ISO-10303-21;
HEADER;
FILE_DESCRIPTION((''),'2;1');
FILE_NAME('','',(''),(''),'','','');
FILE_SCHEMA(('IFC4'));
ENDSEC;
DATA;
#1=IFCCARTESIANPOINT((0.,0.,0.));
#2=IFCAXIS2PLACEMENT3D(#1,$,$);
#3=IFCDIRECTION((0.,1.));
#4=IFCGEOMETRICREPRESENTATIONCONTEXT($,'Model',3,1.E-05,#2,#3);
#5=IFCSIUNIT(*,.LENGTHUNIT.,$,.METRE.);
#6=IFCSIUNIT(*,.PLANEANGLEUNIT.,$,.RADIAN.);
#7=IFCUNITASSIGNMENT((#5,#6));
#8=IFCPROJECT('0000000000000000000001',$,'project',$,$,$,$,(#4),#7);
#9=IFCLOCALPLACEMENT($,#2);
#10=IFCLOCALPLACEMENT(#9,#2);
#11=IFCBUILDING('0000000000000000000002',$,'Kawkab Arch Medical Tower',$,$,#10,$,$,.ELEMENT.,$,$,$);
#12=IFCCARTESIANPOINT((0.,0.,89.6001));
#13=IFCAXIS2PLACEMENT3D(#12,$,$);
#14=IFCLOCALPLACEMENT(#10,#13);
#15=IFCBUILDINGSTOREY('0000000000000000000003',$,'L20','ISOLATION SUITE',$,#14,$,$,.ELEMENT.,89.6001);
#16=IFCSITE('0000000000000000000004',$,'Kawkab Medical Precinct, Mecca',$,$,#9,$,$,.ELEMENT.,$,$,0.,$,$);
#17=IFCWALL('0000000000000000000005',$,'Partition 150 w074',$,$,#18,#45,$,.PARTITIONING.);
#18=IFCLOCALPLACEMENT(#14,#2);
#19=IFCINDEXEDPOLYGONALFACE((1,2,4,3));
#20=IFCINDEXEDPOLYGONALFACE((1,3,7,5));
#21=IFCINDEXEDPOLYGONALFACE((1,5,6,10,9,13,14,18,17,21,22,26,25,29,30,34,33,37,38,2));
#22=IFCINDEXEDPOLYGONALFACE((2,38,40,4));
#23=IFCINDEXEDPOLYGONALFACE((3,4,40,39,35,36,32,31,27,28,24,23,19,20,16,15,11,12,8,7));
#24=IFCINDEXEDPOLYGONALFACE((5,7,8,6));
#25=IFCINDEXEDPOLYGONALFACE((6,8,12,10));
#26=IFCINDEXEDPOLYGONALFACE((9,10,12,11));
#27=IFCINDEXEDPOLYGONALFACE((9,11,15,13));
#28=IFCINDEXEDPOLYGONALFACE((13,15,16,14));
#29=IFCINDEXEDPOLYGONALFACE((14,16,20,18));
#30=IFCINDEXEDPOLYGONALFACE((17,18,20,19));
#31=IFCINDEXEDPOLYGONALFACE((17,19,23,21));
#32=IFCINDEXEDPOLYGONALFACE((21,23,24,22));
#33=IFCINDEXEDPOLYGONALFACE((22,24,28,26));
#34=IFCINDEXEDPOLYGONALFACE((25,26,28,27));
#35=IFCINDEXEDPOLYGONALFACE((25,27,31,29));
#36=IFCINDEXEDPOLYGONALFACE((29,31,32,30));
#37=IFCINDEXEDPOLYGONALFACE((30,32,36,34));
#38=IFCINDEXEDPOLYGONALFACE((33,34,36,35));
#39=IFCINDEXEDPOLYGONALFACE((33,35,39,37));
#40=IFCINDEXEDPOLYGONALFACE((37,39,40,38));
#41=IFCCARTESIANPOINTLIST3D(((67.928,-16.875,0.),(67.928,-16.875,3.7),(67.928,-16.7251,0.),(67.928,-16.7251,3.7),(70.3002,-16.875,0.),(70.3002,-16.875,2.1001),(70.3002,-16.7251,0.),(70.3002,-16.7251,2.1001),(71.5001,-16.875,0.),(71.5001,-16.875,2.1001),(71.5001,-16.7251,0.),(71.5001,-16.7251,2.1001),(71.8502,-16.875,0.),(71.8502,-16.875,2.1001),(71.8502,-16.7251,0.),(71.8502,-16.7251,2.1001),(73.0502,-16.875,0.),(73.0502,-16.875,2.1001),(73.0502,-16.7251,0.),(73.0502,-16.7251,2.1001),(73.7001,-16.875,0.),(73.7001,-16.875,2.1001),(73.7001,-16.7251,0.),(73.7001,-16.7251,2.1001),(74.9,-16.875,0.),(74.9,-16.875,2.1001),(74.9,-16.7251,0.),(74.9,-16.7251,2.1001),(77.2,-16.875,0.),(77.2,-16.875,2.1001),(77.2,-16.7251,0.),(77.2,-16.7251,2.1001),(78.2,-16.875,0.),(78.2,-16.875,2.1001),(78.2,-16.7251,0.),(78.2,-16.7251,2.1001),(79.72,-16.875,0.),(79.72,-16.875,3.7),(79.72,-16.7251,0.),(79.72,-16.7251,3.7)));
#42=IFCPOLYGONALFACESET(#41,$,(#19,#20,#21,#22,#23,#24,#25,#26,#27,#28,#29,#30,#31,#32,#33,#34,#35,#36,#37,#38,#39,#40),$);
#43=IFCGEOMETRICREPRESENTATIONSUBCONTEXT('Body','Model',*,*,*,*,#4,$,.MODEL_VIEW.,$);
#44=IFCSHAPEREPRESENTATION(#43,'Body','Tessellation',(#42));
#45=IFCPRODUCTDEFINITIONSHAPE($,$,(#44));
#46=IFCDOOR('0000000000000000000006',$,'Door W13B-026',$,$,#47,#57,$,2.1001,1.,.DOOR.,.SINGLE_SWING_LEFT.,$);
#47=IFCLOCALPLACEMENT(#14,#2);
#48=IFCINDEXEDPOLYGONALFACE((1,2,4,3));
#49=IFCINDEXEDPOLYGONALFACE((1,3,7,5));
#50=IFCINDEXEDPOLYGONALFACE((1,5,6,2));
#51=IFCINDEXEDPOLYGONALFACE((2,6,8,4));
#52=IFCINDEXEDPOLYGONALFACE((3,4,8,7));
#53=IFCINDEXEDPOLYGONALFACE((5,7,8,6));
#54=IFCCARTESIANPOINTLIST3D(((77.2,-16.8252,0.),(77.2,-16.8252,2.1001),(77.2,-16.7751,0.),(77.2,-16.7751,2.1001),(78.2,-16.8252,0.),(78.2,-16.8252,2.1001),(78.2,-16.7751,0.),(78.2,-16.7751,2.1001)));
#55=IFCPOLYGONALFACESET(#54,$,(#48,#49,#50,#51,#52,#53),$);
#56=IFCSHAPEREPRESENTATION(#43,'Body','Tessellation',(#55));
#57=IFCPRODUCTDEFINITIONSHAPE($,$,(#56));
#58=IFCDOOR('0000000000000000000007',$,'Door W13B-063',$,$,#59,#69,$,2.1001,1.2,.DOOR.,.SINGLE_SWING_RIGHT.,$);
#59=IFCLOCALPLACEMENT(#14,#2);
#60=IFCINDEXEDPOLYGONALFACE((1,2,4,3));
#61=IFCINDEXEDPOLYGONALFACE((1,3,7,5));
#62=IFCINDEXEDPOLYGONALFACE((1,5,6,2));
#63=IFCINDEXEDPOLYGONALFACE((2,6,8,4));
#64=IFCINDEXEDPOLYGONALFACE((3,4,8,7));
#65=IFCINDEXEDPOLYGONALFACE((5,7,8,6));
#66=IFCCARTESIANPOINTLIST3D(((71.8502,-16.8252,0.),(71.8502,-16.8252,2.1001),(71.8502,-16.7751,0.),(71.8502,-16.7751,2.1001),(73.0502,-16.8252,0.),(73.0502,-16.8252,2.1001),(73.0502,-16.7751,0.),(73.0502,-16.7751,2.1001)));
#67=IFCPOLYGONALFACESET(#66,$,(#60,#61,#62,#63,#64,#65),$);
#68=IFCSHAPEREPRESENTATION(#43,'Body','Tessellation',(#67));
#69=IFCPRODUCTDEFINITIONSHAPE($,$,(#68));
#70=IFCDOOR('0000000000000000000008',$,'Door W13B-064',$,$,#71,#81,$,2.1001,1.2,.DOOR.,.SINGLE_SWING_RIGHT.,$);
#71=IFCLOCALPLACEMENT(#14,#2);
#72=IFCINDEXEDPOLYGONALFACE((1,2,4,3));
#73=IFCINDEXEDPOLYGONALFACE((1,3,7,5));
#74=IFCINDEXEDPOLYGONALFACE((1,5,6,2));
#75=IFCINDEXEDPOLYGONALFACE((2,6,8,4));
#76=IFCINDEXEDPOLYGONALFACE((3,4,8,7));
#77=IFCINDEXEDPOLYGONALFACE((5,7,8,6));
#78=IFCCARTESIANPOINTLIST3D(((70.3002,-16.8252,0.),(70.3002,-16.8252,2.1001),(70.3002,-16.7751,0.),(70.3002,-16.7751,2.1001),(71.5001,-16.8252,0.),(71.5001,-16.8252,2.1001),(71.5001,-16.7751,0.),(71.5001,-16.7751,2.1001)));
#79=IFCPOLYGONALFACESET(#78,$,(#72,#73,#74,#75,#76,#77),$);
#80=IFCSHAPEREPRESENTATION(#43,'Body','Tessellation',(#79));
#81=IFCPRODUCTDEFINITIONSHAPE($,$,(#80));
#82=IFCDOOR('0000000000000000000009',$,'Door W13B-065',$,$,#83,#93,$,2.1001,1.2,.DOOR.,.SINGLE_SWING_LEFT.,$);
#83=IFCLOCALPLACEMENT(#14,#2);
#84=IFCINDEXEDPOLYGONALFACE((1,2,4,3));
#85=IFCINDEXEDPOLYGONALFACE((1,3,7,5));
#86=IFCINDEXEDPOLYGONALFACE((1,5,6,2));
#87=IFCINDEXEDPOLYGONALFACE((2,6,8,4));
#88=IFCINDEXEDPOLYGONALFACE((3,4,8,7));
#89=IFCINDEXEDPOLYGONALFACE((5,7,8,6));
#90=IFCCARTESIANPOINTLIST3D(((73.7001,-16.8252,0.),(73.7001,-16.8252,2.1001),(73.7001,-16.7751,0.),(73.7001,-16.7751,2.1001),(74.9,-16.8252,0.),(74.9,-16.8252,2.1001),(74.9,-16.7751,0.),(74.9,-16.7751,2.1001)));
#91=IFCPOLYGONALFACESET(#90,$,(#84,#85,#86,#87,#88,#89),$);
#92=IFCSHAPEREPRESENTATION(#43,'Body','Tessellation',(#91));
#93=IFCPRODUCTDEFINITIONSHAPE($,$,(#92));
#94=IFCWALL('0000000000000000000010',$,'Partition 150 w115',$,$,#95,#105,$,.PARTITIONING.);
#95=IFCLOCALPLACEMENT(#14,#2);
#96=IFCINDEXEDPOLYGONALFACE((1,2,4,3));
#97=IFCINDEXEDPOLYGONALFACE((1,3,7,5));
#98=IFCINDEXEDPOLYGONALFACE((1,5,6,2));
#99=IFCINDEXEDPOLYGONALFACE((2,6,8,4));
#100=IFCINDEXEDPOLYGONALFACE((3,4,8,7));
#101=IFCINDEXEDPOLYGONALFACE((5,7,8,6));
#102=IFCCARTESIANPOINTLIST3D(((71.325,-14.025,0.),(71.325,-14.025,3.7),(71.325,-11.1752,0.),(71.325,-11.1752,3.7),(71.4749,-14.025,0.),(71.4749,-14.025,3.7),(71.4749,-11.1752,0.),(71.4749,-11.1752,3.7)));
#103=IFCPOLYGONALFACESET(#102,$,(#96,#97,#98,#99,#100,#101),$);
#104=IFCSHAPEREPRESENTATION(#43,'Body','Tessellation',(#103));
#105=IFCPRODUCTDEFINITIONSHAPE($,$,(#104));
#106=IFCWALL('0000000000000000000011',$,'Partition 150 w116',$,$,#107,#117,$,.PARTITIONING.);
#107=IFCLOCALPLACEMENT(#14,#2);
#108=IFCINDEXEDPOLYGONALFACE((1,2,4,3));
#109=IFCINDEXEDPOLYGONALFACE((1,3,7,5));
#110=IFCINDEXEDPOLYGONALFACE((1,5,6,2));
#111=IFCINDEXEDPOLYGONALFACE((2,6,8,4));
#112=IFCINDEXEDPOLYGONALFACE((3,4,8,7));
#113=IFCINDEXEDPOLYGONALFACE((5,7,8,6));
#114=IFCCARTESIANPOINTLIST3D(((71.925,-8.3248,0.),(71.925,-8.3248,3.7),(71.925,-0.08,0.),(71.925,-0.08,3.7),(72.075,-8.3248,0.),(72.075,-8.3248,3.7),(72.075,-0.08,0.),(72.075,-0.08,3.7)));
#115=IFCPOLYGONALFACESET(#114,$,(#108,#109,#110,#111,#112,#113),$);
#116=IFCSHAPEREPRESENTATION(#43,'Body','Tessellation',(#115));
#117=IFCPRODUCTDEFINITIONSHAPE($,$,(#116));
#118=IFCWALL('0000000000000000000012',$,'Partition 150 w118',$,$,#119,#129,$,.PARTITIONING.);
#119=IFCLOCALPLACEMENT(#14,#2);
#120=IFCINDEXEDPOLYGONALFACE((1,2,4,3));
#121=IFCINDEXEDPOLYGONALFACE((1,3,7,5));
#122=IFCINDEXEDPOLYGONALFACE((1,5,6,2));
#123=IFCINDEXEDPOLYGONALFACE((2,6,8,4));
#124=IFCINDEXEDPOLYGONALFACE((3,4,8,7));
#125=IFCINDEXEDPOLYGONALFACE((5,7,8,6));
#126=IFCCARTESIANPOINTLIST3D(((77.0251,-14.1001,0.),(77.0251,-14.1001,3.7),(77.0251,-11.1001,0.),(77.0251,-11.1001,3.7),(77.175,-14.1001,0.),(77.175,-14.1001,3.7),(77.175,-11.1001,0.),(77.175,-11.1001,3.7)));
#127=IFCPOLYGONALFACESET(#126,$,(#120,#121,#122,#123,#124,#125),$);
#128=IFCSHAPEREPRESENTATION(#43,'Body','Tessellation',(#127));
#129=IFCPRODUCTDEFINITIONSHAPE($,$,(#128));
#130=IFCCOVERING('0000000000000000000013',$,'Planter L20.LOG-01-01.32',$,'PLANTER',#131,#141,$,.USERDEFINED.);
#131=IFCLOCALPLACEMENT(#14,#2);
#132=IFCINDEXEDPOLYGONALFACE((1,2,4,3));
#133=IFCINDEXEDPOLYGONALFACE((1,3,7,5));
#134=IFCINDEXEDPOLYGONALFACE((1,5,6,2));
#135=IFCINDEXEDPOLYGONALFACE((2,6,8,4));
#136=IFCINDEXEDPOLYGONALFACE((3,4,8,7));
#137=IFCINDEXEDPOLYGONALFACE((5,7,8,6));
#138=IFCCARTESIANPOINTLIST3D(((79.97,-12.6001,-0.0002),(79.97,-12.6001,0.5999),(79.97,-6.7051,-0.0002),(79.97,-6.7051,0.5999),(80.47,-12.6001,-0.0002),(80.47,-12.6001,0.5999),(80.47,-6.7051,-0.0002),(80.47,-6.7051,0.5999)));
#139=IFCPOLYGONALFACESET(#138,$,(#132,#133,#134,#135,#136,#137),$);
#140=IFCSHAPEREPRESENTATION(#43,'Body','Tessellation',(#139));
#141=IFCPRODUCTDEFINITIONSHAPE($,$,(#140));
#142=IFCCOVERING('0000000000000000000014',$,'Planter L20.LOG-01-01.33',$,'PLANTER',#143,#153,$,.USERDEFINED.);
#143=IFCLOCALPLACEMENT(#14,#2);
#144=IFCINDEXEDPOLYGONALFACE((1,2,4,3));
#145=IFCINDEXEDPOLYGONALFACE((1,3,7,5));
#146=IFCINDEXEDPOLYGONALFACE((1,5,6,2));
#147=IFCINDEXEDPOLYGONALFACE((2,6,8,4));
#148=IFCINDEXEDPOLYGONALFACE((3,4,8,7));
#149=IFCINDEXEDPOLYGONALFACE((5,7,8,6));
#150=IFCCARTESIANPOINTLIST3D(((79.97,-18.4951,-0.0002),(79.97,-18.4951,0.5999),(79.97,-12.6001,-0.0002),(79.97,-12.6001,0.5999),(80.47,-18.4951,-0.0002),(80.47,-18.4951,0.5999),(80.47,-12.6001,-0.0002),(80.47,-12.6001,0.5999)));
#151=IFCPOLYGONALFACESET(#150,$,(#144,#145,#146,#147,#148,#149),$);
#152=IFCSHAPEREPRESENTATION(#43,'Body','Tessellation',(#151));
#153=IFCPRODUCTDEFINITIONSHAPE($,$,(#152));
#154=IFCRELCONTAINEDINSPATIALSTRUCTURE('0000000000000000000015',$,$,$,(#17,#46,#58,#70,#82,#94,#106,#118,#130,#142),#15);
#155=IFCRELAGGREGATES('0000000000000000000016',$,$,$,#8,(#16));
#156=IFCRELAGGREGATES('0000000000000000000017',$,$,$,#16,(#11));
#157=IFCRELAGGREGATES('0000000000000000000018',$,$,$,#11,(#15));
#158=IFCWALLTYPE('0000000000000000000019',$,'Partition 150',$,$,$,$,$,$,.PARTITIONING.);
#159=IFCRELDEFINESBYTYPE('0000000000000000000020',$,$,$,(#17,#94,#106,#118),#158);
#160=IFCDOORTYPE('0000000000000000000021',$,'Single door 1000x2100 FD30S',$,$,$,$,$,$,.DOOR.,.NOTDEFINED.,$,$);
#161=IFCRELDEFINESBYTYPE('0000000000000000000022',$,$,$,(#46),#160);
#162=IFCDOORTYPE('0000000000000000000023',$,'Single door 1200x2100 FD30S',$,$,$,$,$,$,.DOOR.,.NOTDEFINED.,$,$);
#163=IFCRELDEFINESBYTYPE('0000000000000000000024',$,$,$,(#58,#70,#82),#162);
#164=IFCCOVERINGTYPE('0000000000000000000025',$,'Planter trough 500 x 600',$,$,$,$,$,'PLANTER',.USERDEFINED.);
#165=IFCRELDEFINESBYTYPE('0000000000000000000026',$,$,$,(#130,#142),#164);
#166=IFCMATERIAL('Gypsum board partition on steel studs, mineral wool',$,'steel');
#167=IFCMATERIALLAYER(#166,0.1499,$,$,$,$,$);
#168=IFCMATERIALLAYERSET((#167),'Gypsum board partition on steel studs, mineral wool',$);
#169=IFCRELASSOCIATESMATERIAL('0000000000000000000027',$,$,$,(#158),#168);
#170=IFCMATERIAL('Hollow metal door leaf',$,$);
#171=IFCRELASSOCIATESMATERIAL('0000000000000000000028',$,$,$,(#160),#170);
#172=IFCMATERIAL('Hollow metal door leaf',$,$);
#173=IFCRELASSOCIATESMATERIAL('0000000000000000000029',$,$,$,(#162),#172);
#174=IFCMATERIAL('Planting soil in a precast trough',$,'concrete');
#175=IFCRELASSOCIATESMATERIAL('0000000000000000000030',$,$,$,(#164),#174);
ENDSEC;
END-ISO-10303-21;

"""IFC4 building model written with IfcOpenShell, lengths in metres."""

from ifc_helpers import new_model, si_unit, direction, frame, frame_2d, origin, origin_2d, place, context, subcontext, project, spatial, rectangle, extrude, material, layer, layer_set, material_profile, profile_set, type_object, element, fill, save


model = new_model("IFC4")

# Units and contexts
model_context = context("Model", 3, precision=1e-05, world=origin(), true_north=direction((0.0, 1.0)))
body_context = subcontext(model_context, "Body", "Model", "MODEL_VIEW")
ifc_project = project(units=[si_unit("LENGTHUNIT", "METRE"), si_unit("PLANEANGLEUNIT", "RADIAN")], contexts=[model_context])

# Site, building, storey
site_placement = place(None, origin())
site = spatial("IfcSite", under=ifc_project, at=site_placement, Name="Kawkab Medical Precinct, Mecca", CompositionType="ELEMENT", RefElevation=0.0)
building_placement = place(site_placement, origin())
building = spatial("IfcBuilding", under=site, at=building_placement, Name="Kawkab Arch Medical Tower", CompositionType="ELEMENT")
storey_placement = place(building_placement, frame((0.0, 0.0, 89.6001)))
storey = spatial("IfcBuildingStorey", under=building, at=storey_placement, Name="L20", Description="ISOLATION SUITE", CompositionType="ELEMENT", Elevation=89.6001)

# Wall, openings, doors
ifc_material_1 = material(Name="Gypsum board partition on steel studs, mineral wool", Category="steel")
ifc_layer_1 = layer(ifc_material_1, 0.1499)
ifc_layer_set_1 = layer_set([ifc_layer_1], Name="Gypsum board partition on steel studs, mineral wool")
wall_type_1 = type_object("IfcWallType", Name="Partition 150", PredefinedType="PARTITIONING", material=ifc_layer_set_1)
wall_1_placement = place(storey_placement, frame((67.928, -16.8, 0.0), z_axis=(0.0, 0.0, 1.0), x_axis=(1.0, 0.0, 0.0)))
wall_1 = element("IfcWall", 1, at=wall_1_placement, inside=storey, type_object=wall_type_1, Name="Partition 150 w074", PredefinedType="PARTITIONING", context=body_context, shape_type="SweptSolid", body=[
    extrude(rectangle(XDim=11.792, YDim=0.1499, at=frame_2d((5.896, 0.0))), origin(), (0.0, 0.0, 1.0), 3.7),
])
opening_1_placement = place(wall_1_placement, frame((3.9221, 0.0, 0.0)))
opening_1 = element("IfcOpeningElement", 2, at=opening_1_placement, cuts=wall_1, PredefinedType="OPENING", context=body_context, shape_type="SweptSolid", body=[
    extrude(rectangle(XDim=1.2, YDim=2.1001, at=frame_2d((0.6001, 1.05))), frame((0.0, 0.085, 0.0), z_axis=(0.0, -1.0, 0.0), x_axis=(1.0, 0.0, 0.0)), (0.0, 0.0, 1.0), 0.1699),
])
opening_2_placement = place(wall_1_placement, frame((2.3721, 0.0, 0.0)))
opening_2 = element("IfcOpeningElement", 3, at=opening_2_placement, cuts=wall_1, PredefinedType="OPENING", context=body_context, shape_type="SweptSolid", body=[
    extrude(rectangle(XDim=1.2, YDim=2.1001, at=frame_2d((0.6001, 1.05))), frame((0.0, 0.085, 0.0), z_axis=(0.0, -1.0, 0.0), x_axis=(1.0, 0.0, 0.0)), (0.0, 0.0, 1.0), 0.1699),
])
opening_3_placement = place(wall_1_placement, frame((5.772, 0.0, 0.0)))
opening_3 = element("IfcOpeningElement", 4, at=opening_3_placement, cuts=wall_1, PredefinedType="OPENING", context=body_context, shape_type="SweptSolid", body=[
    extrude(rectangle(XDim=1.2, YDim=2.1001, at=frame_2d((0.6001, 1.05))), frame((0.0, 0.085, 0.0), z_axis=(0.0, -1.0, 0.0), x_axis=(1.0, 0.0, 0.0)), (0.0, 0.0, 1.0), 0.1699),
])
opening_4_placement = place(wall_1_placement, frame((9.272, 0.0, 0.0)))
opening_4 = element("IfcOpeningElement", 5, at=opening_4_placement, cuts=wall_1, PredefinedType="OPENING", context=body_context, shape_type="SweptSolid", body=[
    extrude(rectangle(XDim=1.0, YDim=2.1001, at=frame_2d((0.5, 1.05))), frame((0.0, 0.085, 0.0), z_axis=(0.0, -1.0, 0.0), x_axis=(1.0, 0.0, 0.0)), (0.0, 0.0, 1.0), 0.1699),
])
ifc_material_2 = material(Name="Hollow metal door leaf")
door_type_1 = type_object("IfcDoorType", Name="Single door 1000x2100 FD30S", OperationType="NOTDEFINED", PredefinedType="DOOR", material=ifc_material_2)
door_1_placement = place(opening_4_placement, origin())
door_1 = element("IfcDoor", 6, at=door_1_placement, inside=storey, type_object=door_type_1, Name="Door W13B-026", OperationType="SINGLE_SWING_LEFT", OverallHeight=2.1001, OverallWidth=1.0, PredefinedType="DOOR", context=body_context, shape_type="SweptSolid", body=[
    extrude(rectangle(XDim=1.0, YDim=2.1001, at=frame_2d((0.5, 1.05))), frame((0.0, 0.0249, 0.0), z_axis=(0.0, -1.0, 0.0), x_axis=(1.0, 0.0, 0.0)), (0.0, 0.0, 1.0), 0.05),
])
fill(opening_4, door_1)
ifc_material_3 = material(Name="Hollow metal door leaf")
door_type_2 = type_object("IfcDoorType", Name="Single door 1200x2100 FD30S", OperationType="NOTDEFINED", PredefinedType="DOOR", material=ifc_material_3)
door_2_placement = place(opening_1_placement, origin())
door_2 = element("IfcDoor", 7, at=door_2_placement, inside=storey, type_object=door_type_2, Name="Door W13B-063", OperationType="SINGLE_SWING_RIGHT", OverallHeight=2.1001, OverallWidth=1.2, PredefinedType="DOOR", context=body_context, shape_type="SweptSolid", body=[
    extrude(rectangle(XDim=1.2, YDim=2.1001, at=frame_2d((0.6001, 1.05))), frame((0.0, 0.0249, 0.0), z_axis=(0.0, -1.0, 0.0), x_axis=(1.0, 0.0, 0.0)), (0.0, 0.0, 1.0), 0.05),
])
fill(opening_1, door_2)
door_3_placement = place(opening_2_placement, origin())
door_3 = element("IfcDoor", 8, at=door_3_placement, inside=storey, type_object=door_type_2, Name="Door W13B-064", OperationType="SINGLE_SWING_RIGHT", OverallHeight=2.1001, OverallWidth=1.2, PredefinedType="DOOR", context=body_context, shape_type="SweptSolid", body=[
    extrude(rectangle(XDim=1.2, YDim=2.1001, at=frame_2d((0.6001, 1.05))), frame((0.0, 0.0249, 0.0), z_axis=(0.0, -1.0, 0.0), x_axis=(1.0, 0.0, 0.0)), (0.0, 0.0, 1.0), 0.05),
])
fill(opening_2, door_3)
door_4_placement = place(opening_3_placement, origin())
door_4 = element("IfcDoor", 9, at=door_4_placement, inside=storey, type_object=door_type_2, Name="Door W13B-065", OperationType="SINGLE_SWING_LEFT", OverallHeight=2.1001, OverallWidth=1.2, PredefinedType="DOOR", context=body_context, shape_type="SweptSolid", body=[
    extrude(rectangle(XDim=1.2, YDim=2.1001, at=frame_2d((0.6001, 1.05))), frame((0.0, 0.0249, 0.0), z_axis=(0.0, -1.0, 0.0), x_axis=(1.0, 0.0, 0.0)), (0.0, 0.0, 1.0), 0.05),
])
fill(opening_3, door_4)

# Walls
wall_2_placement = place(storey_placement, frame((71.3999, -14.0249, 0.0), z_axis=(0.0, 0.0, 1.0), x_axis=(0.0, 1.0, 0.0)))
element("IfcWall", 10, at=wall_2_placement, inside=storey, type_object=wall_type_1, Name="Partition 150 w115", PredefinedType="PARTITIONING", context=body_context, shape_type="SweptSolid", body=[
    extrude(rectangle(XDim=2.8499, YDim=0.1499, at=frame_2d((1.4248, 0.0))), origin(), (0.0, 0.0, 1.0), 3.7),
])
wall_3_placement = place(storey_placement, frame((72.0, -8.325, 0.0), z_axis=(0.0, 0.0, 1.0), x_axis=(0.0, 1.0, 0.0)))
element("IfcWall", 11, at=wall_3_placement, inside=storey, type_object=wall_type_1, Name="Partition 150 w116", PredefinedType="PARTITIONING", context=body_context, shape_type="SweptSolid", body=[
    extrude(rectangle(XDim=8.2449, YDim=0.1499, at=frame_2d((4.1226, 0.0))), origin(), (0.0, 0.0, 1.0), 3.7),
])
wall_4_placement = place(storey_placement, frame((77.1001, -14.1001, 0.0), z_axis=(0.0, 0.0, 1.0), x_axis=(0.0, 1.0, 0.0)))
element("IfcWall", 12, at=wall_4_placement, inside=storey, type_object=wall_type_1, Name="Partition 150 w118", PredefinedType="PARTITIONING", context=body_context, shape_type="SweptSolid", body=[
    extrude(rectangle(XDim=3.0, YDim=0.1499, at=frame_2d((1.5, 0.0))), origin(), (0.0, 0.0, 1.0), 3.7),
])

# Coverings
ifc_material_4 = material(Name="Planting soil in a precast trough", Category="concrete")
ifc_material_profile_1 = material_profile(ifc_material_4, rectangle(XDim=0.5, YDim=0.6001, at=origin_2d()), Name="Trough 500x600")
ifc_profile_set_1 = profile_set([ifc_material_profile_1], Name="Planting soil in a precast trough")
covering_type = type_object("IfcCoveringType", Name="Planter trough 500 x 600", ElementType="PLANTER", PredefinedType="USERDEFINED", material=ifc_profile_set_1)
for number, where, z_axis, x_axis, name in (
    (13, (80.22, -6.7051, 0.2998), (0.0, -1.0, 0.0), (1.0, 0.0, 0.0), "Planter L20.LOG-01-01.32"),
    (14, (80.22, -12.6001, 0.2998), (0.0, -1.0, 0.0), (1.0, 0.0, 0.0), "Planter L20.LOG-01-01.33"),
):
    element("IfcCovering", number, at=place(storey_placement, frame(where, z_axis=z_axis, x_axis=x_axis)), inside=storey, type_object=covering_type, Name=name, ObjectType="PLANTER", PredefinedType="USERDEFINED", context=body_context, shape_type="SweptSolid", body=[
        extrude(rectangle(XDim=0.5, YDim=0.6001, at=origin_2d()), origin(), (0.0, 0.0, 1.0), 5.895),
    ])

save(model, "model.ifc")
